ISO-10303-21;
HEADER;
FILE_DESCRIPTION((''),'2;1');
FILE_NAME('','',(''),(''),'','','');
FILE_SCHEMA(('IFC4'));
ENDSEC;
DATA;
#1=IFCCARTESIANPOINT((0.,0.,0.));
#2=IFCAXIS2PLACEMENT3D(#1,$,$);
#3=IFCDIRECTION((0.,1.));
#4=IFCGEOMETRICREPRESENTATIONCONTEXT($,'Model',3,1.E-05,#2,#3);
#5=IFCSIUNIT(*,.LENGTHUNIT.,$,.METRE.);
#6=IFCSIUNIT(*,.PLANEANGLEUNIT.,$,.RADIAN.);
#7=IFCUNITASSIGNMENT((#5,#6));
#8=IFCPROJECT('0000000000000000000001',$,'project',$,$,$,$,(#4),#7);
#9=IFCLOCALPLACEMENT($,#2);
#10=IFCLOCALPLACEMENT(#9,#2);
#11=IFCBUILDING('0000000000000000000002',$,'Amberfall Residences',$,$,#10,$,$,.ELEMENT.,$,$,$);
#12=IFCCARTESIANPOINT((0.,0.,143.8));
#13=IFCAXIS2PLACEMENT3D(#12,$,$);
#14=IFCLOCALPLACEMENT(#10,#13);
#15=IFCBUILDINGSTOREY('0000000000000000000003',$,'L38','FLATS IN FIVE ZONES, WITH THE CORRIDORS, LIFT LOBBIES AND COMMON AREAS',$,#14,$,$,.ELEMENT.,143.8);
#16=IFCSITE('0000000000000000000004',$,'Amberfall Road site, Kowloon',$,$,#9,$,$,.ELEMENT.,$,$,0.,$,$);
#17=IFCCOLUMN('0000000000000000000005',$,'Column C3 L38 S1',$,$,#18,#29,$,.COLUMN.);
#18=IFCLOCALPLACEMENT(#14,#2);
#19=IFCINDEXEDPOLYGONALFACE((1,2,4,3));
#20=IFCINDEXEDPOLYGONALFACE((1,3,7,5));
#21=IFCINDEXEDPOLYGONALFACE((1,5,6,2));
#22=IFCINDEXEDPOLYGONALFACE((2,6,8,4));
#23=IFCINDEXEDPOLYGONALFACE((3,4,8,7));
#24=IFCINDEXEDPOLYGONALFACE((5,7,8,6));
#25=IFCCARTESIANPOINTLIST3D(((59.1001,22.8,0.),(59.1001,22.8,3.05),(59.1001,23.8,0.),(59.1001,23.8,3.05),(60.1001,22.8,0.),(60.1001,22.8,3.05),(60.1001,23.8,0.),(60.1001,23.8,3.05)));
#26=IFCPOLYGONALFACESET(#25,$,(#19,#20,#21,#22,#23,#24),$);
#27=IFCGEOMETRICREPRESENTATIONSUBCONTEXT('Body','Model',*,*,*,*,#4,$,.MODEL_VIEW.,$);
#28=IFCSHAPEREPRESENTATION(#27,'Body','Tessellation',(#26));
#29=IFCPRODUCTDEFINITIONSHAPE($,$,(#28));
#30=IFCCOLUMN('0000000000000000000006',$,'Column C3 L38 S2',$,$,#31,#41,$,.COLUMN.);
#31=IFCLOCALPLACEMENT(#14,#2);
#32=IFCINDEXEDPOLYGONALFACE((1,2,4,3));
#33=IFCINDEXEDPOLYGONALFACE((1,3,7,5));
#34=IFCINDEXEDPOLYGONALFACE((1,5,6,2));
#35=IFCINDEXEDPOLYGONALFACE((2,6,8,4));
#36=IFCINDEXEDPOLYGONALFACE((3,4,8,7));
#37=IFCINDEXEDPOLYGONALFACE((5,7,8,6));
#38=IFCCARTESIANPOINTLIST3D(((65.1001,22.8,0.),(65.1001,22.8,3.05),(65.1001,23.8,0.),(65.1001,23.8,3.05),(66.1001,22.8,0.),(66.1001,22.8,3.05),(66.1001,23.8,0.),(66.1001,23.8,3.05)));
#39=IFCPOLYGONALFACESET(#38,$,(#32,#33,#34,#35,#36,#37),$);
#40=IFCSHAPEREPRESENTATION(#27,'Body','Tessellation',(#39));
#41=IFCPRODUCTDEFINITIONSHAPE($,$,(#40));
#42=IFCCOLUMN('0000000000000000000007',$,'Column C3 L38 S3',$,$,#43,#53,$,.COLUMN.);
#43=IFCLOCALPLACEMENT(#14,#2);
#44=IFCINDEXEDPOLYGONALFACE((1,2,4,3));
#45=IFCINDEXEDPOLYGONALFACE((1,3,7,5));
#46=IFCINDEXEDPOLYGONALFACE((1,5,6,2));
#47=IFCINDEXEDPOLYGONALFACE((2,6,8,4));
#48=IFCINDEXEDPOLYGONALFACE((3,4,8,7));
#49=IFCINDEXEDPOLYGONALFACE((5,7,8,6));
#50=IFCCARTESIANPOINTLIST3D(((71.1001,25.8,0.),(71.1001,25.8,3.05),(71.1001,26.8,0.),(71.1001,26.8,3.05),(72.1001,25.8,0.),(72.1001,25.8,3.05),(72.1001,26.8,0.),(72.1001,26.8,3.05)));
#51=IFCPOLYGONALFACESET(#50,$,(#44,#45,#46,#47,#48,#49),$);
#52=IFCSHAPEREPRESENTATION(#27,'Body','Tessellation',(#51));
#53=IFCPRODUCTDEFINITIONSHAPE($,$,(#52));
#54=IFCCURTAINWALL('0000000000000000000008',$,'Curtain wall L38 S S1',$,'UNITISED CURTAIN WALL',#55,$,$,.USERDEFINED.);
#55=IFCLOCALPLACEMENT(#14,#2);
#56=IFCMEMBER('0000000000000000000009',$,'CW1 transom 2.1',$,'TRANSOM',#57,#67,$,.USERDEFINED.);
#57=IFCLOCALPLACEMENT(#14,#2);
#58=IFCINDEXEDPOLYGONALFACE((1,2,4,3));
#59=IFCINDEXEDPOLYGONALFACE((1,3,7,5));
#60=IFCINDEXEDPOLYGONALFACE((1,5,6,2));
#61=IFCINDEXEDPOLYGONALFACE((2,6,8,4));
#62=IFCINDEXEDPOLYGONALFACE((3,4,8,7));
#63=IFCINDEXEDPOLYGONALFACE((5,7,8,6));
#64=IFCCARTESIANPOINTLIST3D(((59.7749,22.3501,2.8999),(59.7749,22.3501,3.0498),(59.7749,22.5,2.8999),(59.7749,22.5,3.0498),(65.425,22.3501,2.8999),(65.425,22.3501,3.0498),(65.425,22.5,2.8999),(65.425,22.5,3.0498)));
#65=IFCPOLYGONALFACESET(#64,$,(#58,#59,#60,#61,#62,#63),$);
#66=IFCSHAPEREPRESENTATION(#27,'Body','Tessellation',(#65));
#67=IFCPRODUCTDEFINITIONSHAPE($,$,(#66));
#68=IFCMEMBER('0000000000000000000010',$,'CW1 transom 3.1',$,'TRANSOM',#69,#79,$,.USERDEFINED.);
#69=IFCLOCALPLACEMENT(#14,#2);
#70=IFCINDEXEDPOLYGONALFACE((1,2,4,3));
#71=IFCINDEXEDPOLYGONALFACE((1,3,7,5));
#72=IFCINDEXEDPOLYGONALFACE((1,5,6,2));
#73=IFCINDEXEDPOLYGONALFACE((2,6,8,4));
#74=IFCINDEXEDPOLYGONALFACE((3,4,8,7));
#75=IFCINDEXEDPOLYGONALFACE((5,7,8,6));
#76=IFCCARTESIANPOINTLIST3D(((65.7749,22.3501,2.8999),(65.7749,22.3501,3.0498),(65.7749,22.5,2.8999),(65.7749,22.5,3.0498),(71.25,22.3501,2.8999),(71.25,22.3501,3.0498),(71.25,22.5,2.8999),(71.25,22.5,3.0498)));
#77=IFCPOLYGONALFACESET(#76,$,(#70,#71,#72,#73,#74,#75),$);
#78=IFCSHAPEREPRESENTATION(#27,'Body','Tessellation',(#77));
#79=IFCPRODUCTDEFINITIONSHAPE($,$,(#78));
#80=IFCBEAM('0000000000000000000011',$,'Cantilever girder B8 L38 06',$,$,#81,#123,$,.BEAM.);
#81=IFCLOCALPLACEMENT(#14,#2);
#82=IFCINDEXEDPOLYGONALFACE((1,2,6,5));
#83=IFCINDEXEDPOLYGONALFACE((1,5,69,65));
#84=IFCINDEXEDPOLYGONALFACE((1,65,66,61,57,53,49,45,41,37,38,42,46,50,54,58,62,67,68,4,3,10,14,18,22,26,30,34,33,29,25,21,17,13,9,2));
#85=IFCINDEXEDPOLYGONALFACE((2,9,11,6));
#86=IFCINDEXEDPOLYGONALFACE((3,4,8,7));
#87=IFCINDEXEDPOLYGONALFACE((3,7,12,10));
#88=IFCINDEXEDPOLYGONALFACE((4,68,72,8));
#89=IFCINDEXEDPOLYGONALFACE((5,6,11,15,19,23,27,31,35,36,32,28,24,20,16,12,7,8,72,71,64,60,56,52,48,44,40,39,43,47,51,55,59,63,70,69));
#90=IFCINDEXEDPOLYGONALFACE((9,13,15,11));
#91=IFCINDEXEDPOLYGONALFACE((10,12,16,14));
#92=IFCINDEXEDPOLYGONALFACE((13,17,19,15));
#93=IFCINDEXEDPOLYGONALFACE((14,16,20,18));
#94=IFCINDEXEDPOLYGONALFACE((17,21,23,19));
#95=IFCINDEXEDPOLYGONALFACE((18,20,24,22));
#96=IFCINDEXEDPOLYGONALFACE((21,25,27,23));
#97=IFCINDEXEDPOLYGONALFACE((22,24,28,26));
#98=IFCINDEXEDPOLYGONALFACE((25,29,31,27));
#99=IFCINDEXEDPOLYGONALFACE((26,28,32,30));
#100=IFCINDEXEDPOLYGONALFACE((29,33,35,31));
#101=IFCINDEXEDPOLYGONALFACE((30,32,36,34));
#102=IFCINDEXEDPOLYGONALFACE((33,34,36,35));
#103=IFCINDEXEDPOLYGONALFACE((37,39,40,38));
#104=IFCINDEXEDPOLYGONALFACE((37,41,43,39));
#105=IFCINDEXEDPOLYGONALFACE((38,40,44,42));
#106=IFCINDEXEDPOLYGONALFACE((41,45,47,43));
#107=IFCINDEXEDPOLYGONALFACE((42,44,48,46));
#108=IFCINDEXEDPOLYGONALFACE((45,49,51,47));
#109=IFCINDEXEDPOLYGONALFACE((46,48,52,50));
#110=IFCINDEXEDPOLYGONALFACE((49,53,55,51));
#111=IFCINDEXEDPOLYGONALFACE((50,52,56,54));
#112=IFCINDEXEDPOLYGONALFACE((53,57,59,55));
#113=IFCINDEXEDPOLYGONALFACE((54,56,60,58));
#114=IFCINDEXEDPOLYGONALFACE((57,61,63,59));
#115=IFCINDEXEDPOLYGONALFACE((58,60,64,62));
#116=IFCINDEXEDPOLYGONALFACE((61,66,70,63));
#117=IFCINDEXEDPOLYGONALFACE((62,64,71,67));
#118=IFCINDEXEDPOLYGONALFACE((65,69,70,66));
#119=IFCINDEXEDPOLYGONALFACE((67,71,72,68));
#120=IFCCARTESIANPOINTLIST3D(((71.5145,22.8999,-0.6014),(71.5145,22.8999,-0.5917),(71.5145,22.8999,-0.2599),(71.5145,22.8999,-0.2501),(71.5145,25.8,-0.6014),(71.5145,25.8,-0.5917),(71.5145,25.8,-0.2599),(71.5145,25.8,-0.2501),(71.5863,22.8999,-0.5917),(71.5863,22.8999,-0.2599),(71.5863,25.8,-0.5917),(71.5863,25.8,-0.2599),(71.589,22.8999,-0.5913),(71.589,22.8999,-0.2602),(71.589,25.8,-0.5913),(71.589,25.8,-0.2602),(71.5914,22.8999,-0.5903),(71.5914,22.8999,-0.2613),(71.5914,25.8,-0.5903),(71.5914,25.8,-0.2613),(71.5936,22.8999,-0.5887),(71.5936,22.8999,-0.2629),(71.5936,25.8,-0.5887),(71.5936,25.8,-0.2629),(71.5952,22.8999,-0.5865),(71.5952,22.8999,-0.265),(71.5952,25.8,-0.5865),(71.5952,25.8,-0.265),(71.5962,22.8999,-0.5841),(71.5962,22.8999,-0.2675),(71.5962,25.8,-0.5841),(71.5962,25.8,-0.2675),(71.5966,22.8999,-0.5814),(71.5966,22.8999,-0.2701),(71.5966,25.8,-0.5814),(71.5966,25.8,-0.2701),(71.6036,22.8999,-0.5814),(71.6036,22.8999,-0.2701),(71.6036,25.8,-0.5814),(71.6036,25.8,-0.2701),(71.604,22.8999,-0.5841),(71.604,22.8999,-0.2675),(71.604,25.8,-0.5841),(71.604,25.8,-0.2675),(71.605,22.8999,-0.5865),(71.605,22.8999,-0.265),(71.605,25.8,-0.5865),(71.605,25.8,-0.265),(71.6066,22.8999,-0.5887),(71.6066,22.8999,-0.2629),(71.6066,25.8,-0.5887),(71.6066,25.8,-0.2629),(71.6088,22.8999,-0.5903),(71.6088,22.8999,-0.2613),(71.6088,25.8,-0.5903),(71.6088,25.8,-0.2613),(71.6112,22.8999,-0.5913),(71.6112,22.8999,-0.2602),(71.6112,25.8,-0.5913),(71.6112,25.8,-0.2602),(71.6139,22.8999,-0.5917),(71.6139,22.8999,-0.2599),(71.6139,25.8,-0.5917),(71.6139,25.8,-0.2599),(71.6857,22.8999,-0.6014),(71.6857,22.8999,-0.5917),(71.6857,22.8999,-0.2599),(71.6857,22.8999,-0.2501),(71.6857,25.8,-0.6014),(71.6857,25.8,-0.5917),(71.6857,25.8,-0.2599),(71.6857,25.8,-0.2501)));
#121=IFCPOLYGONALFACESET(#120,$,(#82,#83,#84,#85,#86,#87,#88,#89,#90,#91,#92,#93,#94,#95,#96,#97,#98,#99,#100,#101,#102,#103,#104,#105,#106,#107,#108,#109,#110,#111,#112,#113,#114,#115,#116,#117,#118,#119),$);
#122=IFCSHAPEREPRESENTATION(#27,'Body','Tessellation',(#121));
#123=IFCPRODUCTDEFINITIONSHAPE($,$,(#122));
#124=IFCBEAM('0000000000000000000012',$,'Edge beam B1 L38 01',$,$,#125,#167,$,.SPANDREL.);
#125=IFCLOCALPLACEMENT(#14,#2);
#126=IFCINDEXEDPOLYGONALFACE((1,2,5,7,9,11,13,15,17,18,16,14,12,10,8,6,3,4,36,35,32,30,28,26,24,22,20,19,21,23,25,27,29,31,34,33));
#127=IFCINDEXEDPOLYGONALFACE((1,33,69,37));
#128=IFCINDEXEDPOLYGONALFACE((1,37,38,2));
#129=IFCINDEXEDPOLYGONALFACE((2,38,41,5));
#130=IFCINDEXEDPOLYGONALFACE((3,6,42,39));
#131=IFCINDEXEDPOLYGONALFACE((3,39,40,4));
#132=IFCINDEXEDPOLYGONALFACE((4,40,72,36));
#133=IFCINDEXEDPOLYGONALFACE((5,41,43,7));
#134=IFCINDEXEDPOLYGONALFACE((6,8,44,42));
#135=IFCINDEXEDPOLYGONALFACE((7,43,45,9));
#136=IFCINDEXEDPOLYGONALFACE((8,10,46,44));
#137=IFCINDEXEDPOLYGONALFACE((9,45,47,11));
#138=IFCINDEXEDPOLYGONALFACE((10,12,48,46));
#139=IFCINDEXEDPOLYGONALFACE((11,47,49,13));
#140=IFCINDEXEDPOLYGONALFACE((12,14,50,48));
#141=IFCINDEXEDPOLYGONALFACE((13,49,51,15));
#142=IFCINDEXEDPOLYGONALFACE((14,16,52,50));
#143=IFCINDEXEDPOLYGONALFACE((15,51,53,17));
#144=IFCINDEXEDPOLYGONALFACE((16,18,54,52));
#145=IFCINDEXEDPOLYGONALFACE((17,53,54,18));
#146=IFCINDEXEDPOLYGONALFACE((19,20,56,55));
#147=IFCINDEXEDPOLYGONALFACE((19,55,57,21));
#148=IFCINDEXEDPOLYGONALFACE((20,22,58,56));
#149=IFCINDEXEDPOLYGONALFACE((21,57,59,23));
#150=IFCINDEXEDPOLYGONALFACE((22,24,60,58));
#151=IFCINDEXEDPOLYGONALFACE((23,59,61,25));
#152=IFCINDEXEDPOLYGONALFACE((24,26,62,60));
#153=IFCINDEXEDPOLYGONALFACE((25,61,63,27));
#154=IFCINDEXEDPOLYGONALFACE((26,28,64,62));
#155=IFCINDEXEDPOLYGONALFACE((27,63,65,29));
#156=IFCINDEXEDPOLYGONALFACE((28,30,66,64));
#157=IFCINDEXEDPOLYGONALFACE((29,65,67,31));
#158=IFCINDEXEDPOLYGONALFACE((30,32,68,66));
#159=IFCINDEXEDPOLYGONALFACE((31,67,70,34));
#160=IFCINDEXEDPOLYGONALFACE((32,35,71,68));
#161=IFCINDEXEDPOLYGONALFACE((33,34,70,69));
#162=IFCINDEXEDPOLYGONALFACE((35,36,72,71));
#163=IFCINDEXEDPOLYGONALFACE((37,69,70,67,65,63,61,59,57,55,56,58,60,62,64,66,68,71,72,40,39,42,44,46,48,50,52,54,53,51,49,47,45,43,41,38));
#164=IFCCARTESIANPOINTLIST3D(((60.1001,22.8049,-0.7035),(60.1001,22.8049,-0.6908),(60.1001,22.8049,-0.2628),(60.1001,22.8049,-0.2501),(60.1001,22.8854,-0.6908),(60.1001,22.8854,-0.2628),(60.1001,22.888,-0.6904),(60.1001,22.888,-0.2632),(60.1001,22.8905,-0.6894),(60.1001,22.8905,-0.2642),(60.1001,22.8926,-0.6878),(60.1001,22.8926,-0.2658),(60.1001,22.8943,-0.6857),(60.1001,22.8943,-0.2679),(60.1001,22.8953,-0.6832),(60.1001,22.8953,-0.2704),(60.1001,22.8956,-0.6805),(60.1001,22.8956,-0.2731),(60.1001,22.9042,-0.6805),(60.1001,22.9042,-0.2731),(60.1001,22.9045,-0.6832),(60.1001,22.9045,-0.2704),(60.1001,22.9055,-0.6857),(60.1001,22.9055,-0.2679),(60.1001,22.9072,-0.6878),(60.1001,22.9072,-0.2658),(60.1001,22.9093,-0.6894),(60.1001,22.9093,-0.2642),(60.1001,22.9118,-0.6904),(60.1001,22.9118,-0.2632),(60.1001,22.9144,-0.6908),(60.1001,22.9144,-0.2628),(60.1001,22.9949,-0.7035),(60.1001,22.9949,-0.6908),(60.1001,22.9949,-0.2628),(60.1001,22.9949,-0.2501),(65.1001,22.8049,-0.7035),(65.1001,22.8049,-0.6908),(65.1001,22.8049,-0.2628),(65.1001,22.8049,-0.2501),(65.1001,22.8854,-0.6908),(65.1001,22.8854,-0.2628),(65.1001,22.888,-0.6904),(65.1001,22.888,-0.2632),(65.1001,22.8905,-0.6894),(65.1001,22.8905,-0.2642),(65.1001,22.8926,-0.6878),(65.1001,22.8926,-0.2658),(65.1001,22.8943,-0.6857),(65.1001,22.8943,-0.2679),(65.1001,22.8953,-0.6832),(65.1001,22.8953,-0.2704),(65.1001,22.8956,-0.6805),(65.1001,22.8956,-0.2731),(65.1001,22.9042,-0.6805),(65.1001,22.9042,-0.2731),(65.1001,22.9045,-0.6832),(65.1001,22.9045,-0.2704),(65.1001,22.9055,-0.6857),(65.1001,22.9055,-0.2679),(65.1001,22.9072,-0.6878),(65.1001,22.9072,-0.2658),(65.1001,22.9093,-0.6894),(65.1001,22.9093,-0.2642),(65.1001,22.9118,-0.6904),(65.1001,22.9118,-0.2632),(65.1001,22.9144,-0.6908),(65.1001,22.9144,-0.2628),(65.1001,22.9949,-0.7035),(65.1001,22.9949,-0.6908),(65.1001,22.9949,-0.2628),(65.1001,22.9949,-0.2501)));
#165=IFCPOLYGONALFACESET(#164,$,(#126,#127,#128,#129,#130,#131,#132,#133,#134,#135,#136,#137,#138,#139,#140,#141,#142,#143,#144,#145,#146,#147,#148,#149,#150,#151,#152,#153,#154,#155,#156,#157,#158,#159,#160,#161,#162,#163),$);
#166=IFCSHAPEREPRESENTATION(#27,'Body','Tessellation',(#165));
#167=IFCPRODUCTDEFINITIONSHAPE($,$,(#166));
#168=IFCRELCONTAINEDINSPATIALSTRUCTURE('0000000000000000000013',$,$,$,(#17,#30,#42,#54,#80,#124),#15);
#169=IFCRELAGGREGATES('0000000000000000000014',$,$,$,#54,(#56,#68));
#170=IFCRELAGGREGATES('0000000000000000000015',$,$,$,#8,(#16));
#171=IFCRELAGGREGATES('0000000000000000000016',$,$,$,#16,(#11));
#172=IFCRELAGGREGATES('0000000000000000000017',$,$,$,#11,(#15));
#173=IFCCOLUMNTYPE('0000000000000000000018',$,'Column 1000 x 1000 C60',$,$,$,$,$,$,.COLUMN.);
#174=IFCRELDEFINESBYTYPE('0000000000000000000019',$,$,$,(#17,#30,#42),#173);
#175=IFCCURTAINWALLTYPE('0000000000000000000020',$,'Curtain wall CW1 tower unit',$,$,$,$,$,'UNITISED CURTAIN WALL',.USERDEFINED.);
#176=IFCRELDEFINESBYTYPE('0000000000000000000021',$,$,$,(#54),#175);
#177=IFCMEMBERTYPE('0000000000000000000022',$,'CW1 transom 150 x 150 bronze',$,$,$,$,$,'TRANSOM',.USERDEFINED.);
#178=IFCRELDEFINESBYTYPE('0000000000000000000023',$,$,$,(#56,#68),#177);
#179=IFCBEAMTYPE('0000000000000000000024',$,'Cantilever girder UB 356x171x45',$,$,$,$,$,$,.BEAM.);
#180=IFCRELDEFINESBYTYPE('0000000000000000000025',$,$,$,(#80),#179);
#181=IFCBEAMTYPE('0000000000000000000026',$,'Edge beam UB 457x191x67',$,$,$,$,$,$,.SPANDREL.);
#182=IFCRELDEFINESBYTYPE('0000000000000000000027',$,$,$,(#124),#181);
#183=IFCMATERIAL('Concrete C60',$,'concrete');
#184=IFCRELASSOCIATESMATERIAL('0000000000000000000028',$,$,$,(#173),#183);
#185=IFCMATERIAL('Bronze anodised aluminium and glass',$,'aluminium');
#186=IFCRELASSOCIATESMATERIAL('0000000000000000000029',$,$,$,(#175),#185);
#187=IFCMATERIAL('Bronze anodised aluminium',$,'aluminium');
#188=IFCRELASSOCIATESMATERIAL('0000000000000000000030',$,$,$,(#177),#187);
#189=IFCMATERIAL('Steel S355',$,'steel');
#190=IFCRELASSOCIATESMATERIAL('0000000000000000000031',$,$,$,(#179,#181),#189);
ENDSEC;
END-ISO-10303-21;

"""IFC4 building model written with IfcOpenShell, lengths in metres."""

from ifc_helpers import new_model, si_unit, direction, frame, origin, origin_2d, place, context, subcontext, project, spatial, rectangle, i_section, extrude, material, material_profile, profile_set, type_object, element, aggregate, save


model = new_model("IFC4")

# Units and contexts
model_context = context("Model", 3, precision=1e-05, world=origin(), true_north=direction((0.0, 1.0)))
body_context = subcontext(model_context, "Body", "Model", "MODEL_VIEW")
ifc_project = project(units=[si_unit("LENGTHUNIT", "METRE"), si_unit("PLANEANGLEUNIT", "RADIAN")], contexts=[model_context])

# Site, building, storey
site_placement = place(None, origin())
site = spatial("IfcSite", under=ifc_project, at=site_placement, Name="Amberfall Road site, Kowloon", CompositionType="ELEMENT", RefElevation=0.0)
building_placement = place(site_placement, origin())
building = spatial("IfcBuilding", under=site, at=building_placement, Name="Amberfall Residences", CompositionType="ELEMENT")
storey_placement = place(building_placement, frame((0.0, 0.0, 143.8)))
storey = spatial("IfcBuildingStorey", under=building, at=storey_placement, Name="L38", Description="FLATS IN FIVE ZONES, WITH THE CORRIDORS, LIFT LOBBIES AND COMMON AREAS", CompositionType="ELEMENT", Elevation=143.8)

# Columns
ifc_material_1 = material(Name="Concrete C60", Category="concrete")
ifc_material_profile_1 = material_profile(ifc_material_1, rectangle(XDim=1.0, YDim=1.0, at=origin_2d()), Name="Column 1000 x 1000 C60")
ifc_profile_set_1 = profile_set([ifc_material_profile_1], Name="Concrete C60")
column_type = type_object("IfcColumnType", Name="Column 1000 x 1000 C60", PredefinedType="COLUMN", material=ifc_profile_set_1)
for number, where, z_axis, x_axis, name in (
    (1, (59.6001, 23.3, 0.0), (0.0, 0.0, 1.0), (1.0, 0.0, 0.0), "Column C3 L38 S1"),
    (2, (65.6001, 23.3, 0.0), (0.0, 0.0, 1.0), (1.0, 0.0, 0.0), "Column C3 L38 S2"),
    (3, (71.6001, 26.3, 0.0), (0.0, 0.0, 1.0), (1.0, 0.0, 0.0), "Column C3 L38 S3"),
):
    element("IfcColumn", number, at=place(storey_placement, frame(where, z_axis=z_axis, x_axis=x_axis)), inside=storey, type_object=column_type, Name=name, PredefinedType="COLUMN", context=body_context, shape_type="SweptSolid", body=[
        extrude(rectangle(XDim=1.0, YDim=1.0, at=origin_2d()), origin(), (0.0, 0.0, 1.0), 3.05),
    ])

# Curtain wall, members
ifc_material_2 = material(Name="Bronze anodised aluminium and glass", Category="aluminium")
curtain_wall_type = type_object("IfcCurtainWallType", Name="Curtain wall CW1 tower unit", ElementType="UNITISED CURTAIN WALL", PredefinedType="USERDEFINED", material=ifc_material_2)
curtain_wall_placement = place(storey_placement, origin())
curtain_wall = element("IfcCurtainWall", 4, at=curtain_wall_placement, inside=storey, type_object=curtain_wall_type, Name="Curtain wall L38 S S1", ObjectType="UNITISED CURTAIN WALL", PredefinedType="USERDEFINED")
ifc_material_3 = material(Name="Bronze anodised aluminium", Category="aluminium")
ifc_material_profile_2 = material_profile(ifc_material_3, rectangle(XDim=0.1499, YDim=0.1499, at=origin_2d()), Name="CW1 transom 150 x 150 bronze")
ifc_profile_set_2 = profile_set([ifc_material_profile_2], Name="Bronze anodised aluminium")
member_type_1 = type_object("IfcMemberType", Name="CW1 transom 150 x 150 bronze", ElementType="TRANSOM", PredefinedType="USERDEFINED", material=ifc_profile_set_2)
member_1_placement = place(storey_placement, frame((59.7749, 22.425, 2.9749), z_axis=(1.0, 0.0, 0.0), x_axis=(0.0, 1.0, 0.0)))
member_1 = element("IfcMember", 5, at=member_1_placement, type_object=member_type_1, Name="CW1 transom 2.1", ObjectType="TRANSOM", PredefinedType="USERDEFINED", context=body_context, shape_type="SweptSolid", body=[
    extrude(rectangle(XDim=0.1499, YDim=0.1499, at=origin_2d()), origin(), (0.0, 0.0, 1.0), 5.6501),
])
member_2_placement = place(storey_placement, frame((65.7749, 22.425, 2.9749), z_axis=(1.0, 0.0, 0.0), x_axis=(0.0, 1.0, 0.0)))
member_2 = element("IfcMember", 6, at=member_2_placement, type_object=member_type_1, Name="CW1 transom 3.1", ObjectType="TRANSOM", PredefinedType="USERDEFINED", context=body_context, shape_type="SweptSolid", body=[
    extrude(rectangle(XDim=0.1499, YDim=0.1499, at=origin_2d()), origin(), (0.0, 0.0, 1.0), 5.4751),
])

# Beams
ifc_material_4 = material(Name="Steel S355", Category="steel")
ifc_material_profile_3 = material_profile(ifc_material_4, i_section(OverallWidth=0.1711, OverallDepth=0.3513, WebThickness=0.0071, FlangeThickness=0.0098, FilletRadius=0.0103, at=origin_2d()), Name="UB 356x171x45")
ifc_profile_set_3 = profile_set([ifc_material_profile_3], Name="Steel S355")
beam_type_1 = type_object("IfcBeamType", Name="Cantilever girder UB 356x171x45", PredefinedType="BEAM", material=ifc_profile_set_3)
beam_1_placement = place(storey_placement, frame((71.6001, 25.8, -0.4258), z_axis=(0.0, -1.0, 0.0), x_axis=(1.0, 0.0, 0.0)))
element("IfcBeam", 7, at=beam_1_placement, inside=storey, type_object=beam_type_1, Name="Cantilever girder B8 L38 06", PredefinedType="BEAM", context=body_context, shape_type="SweptSolid", body=[
    extrude(i_section(OverallWidth=0.1711, OverallDepth=0.3513, WebThickness=0.0071, FlangeThickness=0.0098, FilletRadius=0.0103, at=origin_2d()), origin(), (0.0, 0.0, 1.0), 2.9001),
])
ifc_material_profile_4 = material_profile(ifc_material_4, i_section(OverallWidth=0.1899, OverallDepth=0.4534, WebThickness=0.0085, FlangeThickness=0.0127, FilletRadius=0.0103, at=origin_2d()), Name="UB 457x191x67")
ifc_profile_set_4 = profile_set([ifc_material_profile_4], Name="Steel S355")
beam_type_2 = type_object("IfcBeamType", Name="Edge beam UB 457x191x67", PredefinedType="SPANDREL", material=ifc_profile_set_4)
beam_2_placement = place(storey_placement, frame((60.1001, 22.8999, -0.4768), z_axis=(1.0, 0.0, 0.0), x_axis=(0.0, 1.0, 0.0)))
element("IfcBeam", 8, at=beam_2_placement, inside=storey, type_object=beam_type_2, Name="Edge beam B1 L38 01", PredefinedType="SPANDREL", context=body_context, shape_type="SweptSolid", body=[
    extrude(i_section(OverallWidth=0.1899, OverallDepth=0.4534, WebThickness=0.0085, FlangeThickness=0.0127, FilletRadius=0.0103, at=origin_2d()), origin(), (0.0, 0.0, 1.0), 5.0),
])

aggregate(curtain_wall, [member_1, member_2])

save(model, "model.ifc")
